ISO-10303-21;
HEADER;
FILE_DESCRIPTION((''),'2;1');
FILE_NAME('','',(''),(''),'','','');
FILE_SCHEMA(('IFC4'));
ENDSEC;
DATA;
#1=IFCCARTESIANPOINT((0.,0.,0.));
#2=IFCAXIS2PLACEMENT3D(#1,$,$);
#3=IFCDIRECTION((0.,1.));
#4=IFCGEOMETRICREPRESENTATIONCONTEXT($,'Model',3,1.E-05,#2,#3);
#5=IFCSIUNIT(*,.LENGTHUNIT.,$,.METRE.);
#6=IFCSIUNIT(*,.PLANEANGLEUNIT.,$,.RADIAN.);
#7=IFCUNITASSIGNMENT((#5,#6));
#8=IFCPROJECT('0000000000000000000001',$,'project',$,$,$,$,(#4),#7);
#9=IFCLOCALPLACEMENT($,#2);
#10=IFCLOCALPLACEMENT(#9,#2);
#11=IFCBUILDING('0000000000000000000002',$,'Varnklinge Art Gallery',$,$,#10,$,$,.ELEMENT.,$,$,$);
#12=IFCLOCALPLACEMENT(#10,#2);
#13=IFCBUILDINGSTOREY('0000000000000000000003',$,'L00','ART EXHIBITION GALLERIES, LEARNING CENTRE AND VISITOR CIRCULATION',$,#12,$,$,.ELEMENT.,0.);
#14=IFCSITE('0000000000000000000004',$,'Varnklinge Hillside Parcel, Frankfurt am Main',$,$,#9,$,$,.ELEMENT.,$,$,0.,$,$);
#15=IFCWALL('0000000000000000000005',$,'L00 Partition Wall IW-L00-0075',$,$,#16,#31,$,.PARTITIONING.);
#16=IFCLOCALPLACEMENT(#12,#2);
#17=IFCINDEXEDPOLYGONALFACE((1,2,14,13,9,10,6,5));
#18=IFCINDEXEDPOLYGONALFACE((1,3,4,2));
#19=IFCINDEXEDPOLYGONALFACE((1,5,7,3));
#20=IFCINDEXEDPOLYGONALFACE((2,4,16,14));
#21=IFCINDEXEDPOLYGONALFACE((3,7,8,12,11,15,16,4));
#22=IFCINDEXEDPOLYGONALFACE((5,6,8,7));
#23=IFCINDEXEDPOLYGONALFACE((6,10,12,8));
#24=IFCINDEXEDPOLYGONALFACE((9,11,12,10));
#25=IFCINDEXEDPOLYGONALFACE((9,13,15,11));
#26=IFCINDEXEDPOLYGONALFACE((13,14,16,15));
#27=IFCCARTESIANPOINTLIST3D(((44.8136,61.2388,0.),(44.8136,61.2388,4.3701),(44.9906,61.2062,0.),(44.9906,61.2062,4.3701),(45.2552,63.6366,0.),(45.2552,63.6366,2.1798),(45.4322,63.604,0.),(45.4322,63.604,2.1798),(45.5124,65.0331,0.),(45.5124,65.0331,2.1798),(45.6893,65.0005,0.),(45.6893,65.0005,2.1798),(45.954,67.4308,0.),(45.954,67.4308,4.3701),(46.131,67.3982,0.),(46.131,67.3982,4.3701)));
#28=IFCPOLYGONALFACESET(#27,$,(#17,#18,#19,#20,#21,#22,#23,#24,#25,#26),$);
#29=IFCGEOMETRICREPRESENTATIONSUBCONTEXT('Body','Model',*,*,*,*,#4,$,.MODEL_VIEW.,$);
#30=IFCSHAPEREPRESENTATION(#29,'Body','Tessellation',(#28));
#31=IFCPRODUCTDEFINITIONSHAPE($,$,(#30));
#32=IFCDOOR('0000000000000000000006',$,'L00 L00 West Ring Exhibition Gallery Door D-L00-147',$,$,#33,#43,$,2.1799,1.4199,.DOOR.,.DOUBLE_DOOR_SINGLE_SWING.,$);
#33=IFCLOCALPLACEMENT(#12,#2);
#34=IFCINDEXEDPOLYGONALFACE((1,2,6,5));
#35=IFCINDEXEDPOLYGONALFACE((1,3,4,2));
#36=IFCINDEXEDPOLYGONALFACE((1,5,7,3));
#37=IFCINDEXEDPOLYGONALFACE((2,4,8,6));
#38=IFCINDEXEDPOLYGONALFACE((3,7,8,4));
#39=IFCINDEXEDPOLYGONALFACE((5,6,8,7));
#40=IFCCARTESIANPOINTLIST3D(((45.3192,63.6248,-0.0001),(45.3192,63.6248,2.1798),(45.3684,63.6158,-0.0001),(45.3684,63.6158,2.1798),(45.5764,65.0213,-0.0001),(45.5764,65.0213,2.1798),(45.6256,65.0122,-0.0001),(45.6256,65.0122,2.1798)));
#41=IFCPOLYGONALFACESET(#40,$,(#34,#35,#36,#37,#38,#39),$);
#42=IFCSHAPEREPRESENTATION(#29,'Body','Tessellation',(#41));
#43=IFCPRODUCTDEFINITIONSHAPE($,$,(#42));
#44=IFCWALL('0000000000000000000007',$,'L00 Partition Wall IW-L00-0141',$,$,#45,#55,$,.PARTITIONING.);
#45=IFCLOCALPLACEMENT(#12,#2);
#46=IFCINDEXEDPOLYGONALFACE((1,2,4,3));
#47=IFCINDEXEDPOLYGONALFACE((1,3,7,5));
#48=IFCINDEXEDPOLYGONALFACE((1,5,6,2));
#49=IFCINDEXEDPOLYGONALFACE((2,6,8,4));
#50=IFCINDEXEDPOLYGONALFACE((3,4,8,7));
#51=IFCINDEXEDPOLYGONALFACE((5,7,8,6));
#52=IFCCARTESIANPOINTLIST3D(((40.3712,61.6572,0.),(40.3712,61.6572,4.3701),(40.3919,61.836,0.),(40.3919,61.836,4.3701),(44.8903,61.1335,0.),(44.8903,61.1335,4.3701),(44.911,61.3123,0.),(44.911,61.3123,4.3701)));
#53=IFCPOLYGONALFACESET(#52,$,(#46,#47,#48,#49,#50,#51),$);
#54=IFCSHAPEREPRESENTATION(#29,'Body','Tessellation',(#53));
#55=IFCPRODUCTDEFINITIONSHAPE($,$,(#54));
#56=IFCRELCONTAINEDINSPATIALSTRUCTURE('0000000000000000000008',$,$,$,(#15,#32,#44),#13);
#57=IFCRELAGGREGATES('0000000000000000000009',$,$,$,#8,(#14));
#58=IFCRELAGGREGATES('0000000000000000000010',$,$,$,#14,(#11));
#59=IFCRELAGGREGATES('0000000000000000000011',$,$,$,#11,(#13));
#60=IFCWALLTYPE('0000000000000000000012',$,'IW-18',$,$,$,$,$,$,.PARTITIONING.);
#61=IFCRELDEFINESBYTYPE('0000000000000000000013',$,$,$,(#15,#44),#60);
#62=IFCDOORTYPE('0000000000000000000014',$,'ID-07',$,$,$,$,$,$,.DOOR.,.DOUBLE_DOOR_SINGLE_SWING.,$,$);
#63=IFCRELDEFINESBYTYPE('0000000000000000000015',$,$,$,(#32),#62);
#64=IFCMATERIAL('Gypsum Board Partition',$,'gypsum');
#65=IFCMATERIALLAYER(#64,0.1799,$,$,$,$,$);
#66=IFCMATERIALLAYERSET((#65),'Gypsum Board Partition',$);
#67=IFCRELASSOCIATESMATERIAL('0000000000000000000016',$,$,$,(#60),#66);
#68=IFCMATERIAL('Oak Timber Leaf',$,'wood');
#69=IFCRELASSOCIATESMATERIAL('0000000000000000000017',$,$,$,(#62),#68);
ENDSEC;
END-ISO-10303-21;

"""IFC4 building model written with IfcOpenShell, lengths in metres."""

from ifc_helpers import new_model, si_unit, direction, frame, frame_2d, origin, place, context, subcontext, project, spatial, rectangle, extrude, material, layer, layer_set, type_object, element, fill, save


model = new_model("IFC4")

# Units and contexts
model_context = context("Model", 3, precision=1e-05, world=origin(), true_north=direction((0.0, 1.0)))
body_context = subcontext(model_context, "Body", "Model", "MODEL_VIEW")
ifc_project = project(units=[si_unit("LENGTHUNIT", "METRE"), si_unit("PLANEANGLEUNIT", "RADIAN")], contexts=[model_context])

# Site, building, storey
site_placement = place(None, origin())
site = spatial("IfcSite", under=ifc_project, at=site_placement, Name="Varnklinge Hillside Parcel, Frankfurt am Main", CompositionType="ELEMENT", RefElevation=0.0)
building_placement = place(site_placement, origin())
building = spatial("IfcBuilding", under=site, at=building_placement, Name="Varnklinge Art Gallery", CompositionType="ELEMENT")
storey_placement = place(building_placement, origin())
storey = spatial("IfcBuildingStorey", under=building, at=storey_placement, Name="L00", Description="ART EXHIBITION GALLERIES, LEARNING CENTRE AND VISITOR CIRCULATION", CompositionType="ELEMENT", Elevation=0.0)

# Wall, opening, door
ifc_material_1 = material(Name="Gypsum Board Partition", Category="gypsum")
ifc_layer_1 = layer(ifc_material_1, 0.1799)
ifc_layer_set_1 = layer_set([ifc_layer_1], Name="Gypsum Board Partition")
wall_type = type_object("IfcWallType", Name="IW-18", PredefinedType="PARTITIONING", material=ifc_layer_set_1)
wall_1_placement = place(storey_placement, frame((44.9021, 61.2227, 0.0), z_axis=(0.0, 0.0, 1.0), x_axis=(0.181127, 0.98346, 0.0)))
wall_1 = element("IfcWall", 1, at=wall_1_placement, inside=storey, type_object=wall_type, Name="L00 Partition Wall IW-L00-0075", PredefinedType="PARTITIONING", context=body_context, shape_type="SweptSolid", body=[
    extrude(rectangle(XDim=6.2961, YDim=0.1799, at=frame_2d((3.1479, 0.0))), origin(), (0.0, 0.0, 1.0), 4.3701),
])
opening_placement = place(wall_1_placement, frame((2.438, 0.0, 0.0)))
opening = element("IfcOpeningElement", 2, at=opening_placement, cuts=wall_1, PredefinedType="OPENING", context=body_context, shape_type="SweptSolid", body=[
    extrude(rectangle(XDim=1.4199, YDim=2.1799, at=frame_2d((0.71, 1.0898))), frame((0.0, 0.0999, 0.0), z_axis=(0.0, -1.0, 0.0), x_axis=(1.0, 0.0, 0.0)), (0.0, 0.0, 1.0), 0.2),
])
ifc_material_2 = material(Name="Oak Timber Leaf", Category="wood")
door_type = type_object("IfcDoorType", Name="ID-07", OperationType="DOUBLE_DOOR_SINGLE_SWING", PredefinedType="DOOR", material=ifc_material_2)
door_placement = place(opening_placement, origin())
door = element("IfcDoor", 3, at=door_placement, inside=storey, type_object=door_type, Name="L00 L00 West Ring Exhibition Gallery Door D-L00-147", OperationType="DOUBLE_DOOR_SINGLE_SWING", OverallHeight=2.1799, OverallWidth=1.4199, PredefinedType="DOOR", context=body_context, shape_type="SweptSolid", body=[
    extrude(rectangle(XDim=1.4199, YDim=2.1799, at=frame_2d((0.71, 1.0898))), frame((0.0, 0.0249, 0.0), z_axis=(0.0, -1.0, 0.0), x_axis=(1.0, 0.0, 0.0)), (0.0, 0.0, 1.0), 0.05),
])
fill(opening, door)

# Wall
wall_2_placement = place(storey_placement, frame((44.9006, 61.2229, 0.0), z_axis=(0.0, 0.0, 1.0), x_axis=(-0.993352, 0.115113, 0.0)))
element("IfcWall", 4, at=wall_2_placement, inside=storey, type_object=wall_type, Name="L00 Partition Wall IW-L00-0141", PredefinedType="PARTITIONING", context=body_context, shape_type="SweptSolid", body=[
    extrude(rectangle(XDim=4.5493, YDim=0.1799, at=frame_2d((2.2747, 0.0))), origin(), (0.0, 0.0, 1.0), 4.3701),
])

save(model, "model.ifc")
